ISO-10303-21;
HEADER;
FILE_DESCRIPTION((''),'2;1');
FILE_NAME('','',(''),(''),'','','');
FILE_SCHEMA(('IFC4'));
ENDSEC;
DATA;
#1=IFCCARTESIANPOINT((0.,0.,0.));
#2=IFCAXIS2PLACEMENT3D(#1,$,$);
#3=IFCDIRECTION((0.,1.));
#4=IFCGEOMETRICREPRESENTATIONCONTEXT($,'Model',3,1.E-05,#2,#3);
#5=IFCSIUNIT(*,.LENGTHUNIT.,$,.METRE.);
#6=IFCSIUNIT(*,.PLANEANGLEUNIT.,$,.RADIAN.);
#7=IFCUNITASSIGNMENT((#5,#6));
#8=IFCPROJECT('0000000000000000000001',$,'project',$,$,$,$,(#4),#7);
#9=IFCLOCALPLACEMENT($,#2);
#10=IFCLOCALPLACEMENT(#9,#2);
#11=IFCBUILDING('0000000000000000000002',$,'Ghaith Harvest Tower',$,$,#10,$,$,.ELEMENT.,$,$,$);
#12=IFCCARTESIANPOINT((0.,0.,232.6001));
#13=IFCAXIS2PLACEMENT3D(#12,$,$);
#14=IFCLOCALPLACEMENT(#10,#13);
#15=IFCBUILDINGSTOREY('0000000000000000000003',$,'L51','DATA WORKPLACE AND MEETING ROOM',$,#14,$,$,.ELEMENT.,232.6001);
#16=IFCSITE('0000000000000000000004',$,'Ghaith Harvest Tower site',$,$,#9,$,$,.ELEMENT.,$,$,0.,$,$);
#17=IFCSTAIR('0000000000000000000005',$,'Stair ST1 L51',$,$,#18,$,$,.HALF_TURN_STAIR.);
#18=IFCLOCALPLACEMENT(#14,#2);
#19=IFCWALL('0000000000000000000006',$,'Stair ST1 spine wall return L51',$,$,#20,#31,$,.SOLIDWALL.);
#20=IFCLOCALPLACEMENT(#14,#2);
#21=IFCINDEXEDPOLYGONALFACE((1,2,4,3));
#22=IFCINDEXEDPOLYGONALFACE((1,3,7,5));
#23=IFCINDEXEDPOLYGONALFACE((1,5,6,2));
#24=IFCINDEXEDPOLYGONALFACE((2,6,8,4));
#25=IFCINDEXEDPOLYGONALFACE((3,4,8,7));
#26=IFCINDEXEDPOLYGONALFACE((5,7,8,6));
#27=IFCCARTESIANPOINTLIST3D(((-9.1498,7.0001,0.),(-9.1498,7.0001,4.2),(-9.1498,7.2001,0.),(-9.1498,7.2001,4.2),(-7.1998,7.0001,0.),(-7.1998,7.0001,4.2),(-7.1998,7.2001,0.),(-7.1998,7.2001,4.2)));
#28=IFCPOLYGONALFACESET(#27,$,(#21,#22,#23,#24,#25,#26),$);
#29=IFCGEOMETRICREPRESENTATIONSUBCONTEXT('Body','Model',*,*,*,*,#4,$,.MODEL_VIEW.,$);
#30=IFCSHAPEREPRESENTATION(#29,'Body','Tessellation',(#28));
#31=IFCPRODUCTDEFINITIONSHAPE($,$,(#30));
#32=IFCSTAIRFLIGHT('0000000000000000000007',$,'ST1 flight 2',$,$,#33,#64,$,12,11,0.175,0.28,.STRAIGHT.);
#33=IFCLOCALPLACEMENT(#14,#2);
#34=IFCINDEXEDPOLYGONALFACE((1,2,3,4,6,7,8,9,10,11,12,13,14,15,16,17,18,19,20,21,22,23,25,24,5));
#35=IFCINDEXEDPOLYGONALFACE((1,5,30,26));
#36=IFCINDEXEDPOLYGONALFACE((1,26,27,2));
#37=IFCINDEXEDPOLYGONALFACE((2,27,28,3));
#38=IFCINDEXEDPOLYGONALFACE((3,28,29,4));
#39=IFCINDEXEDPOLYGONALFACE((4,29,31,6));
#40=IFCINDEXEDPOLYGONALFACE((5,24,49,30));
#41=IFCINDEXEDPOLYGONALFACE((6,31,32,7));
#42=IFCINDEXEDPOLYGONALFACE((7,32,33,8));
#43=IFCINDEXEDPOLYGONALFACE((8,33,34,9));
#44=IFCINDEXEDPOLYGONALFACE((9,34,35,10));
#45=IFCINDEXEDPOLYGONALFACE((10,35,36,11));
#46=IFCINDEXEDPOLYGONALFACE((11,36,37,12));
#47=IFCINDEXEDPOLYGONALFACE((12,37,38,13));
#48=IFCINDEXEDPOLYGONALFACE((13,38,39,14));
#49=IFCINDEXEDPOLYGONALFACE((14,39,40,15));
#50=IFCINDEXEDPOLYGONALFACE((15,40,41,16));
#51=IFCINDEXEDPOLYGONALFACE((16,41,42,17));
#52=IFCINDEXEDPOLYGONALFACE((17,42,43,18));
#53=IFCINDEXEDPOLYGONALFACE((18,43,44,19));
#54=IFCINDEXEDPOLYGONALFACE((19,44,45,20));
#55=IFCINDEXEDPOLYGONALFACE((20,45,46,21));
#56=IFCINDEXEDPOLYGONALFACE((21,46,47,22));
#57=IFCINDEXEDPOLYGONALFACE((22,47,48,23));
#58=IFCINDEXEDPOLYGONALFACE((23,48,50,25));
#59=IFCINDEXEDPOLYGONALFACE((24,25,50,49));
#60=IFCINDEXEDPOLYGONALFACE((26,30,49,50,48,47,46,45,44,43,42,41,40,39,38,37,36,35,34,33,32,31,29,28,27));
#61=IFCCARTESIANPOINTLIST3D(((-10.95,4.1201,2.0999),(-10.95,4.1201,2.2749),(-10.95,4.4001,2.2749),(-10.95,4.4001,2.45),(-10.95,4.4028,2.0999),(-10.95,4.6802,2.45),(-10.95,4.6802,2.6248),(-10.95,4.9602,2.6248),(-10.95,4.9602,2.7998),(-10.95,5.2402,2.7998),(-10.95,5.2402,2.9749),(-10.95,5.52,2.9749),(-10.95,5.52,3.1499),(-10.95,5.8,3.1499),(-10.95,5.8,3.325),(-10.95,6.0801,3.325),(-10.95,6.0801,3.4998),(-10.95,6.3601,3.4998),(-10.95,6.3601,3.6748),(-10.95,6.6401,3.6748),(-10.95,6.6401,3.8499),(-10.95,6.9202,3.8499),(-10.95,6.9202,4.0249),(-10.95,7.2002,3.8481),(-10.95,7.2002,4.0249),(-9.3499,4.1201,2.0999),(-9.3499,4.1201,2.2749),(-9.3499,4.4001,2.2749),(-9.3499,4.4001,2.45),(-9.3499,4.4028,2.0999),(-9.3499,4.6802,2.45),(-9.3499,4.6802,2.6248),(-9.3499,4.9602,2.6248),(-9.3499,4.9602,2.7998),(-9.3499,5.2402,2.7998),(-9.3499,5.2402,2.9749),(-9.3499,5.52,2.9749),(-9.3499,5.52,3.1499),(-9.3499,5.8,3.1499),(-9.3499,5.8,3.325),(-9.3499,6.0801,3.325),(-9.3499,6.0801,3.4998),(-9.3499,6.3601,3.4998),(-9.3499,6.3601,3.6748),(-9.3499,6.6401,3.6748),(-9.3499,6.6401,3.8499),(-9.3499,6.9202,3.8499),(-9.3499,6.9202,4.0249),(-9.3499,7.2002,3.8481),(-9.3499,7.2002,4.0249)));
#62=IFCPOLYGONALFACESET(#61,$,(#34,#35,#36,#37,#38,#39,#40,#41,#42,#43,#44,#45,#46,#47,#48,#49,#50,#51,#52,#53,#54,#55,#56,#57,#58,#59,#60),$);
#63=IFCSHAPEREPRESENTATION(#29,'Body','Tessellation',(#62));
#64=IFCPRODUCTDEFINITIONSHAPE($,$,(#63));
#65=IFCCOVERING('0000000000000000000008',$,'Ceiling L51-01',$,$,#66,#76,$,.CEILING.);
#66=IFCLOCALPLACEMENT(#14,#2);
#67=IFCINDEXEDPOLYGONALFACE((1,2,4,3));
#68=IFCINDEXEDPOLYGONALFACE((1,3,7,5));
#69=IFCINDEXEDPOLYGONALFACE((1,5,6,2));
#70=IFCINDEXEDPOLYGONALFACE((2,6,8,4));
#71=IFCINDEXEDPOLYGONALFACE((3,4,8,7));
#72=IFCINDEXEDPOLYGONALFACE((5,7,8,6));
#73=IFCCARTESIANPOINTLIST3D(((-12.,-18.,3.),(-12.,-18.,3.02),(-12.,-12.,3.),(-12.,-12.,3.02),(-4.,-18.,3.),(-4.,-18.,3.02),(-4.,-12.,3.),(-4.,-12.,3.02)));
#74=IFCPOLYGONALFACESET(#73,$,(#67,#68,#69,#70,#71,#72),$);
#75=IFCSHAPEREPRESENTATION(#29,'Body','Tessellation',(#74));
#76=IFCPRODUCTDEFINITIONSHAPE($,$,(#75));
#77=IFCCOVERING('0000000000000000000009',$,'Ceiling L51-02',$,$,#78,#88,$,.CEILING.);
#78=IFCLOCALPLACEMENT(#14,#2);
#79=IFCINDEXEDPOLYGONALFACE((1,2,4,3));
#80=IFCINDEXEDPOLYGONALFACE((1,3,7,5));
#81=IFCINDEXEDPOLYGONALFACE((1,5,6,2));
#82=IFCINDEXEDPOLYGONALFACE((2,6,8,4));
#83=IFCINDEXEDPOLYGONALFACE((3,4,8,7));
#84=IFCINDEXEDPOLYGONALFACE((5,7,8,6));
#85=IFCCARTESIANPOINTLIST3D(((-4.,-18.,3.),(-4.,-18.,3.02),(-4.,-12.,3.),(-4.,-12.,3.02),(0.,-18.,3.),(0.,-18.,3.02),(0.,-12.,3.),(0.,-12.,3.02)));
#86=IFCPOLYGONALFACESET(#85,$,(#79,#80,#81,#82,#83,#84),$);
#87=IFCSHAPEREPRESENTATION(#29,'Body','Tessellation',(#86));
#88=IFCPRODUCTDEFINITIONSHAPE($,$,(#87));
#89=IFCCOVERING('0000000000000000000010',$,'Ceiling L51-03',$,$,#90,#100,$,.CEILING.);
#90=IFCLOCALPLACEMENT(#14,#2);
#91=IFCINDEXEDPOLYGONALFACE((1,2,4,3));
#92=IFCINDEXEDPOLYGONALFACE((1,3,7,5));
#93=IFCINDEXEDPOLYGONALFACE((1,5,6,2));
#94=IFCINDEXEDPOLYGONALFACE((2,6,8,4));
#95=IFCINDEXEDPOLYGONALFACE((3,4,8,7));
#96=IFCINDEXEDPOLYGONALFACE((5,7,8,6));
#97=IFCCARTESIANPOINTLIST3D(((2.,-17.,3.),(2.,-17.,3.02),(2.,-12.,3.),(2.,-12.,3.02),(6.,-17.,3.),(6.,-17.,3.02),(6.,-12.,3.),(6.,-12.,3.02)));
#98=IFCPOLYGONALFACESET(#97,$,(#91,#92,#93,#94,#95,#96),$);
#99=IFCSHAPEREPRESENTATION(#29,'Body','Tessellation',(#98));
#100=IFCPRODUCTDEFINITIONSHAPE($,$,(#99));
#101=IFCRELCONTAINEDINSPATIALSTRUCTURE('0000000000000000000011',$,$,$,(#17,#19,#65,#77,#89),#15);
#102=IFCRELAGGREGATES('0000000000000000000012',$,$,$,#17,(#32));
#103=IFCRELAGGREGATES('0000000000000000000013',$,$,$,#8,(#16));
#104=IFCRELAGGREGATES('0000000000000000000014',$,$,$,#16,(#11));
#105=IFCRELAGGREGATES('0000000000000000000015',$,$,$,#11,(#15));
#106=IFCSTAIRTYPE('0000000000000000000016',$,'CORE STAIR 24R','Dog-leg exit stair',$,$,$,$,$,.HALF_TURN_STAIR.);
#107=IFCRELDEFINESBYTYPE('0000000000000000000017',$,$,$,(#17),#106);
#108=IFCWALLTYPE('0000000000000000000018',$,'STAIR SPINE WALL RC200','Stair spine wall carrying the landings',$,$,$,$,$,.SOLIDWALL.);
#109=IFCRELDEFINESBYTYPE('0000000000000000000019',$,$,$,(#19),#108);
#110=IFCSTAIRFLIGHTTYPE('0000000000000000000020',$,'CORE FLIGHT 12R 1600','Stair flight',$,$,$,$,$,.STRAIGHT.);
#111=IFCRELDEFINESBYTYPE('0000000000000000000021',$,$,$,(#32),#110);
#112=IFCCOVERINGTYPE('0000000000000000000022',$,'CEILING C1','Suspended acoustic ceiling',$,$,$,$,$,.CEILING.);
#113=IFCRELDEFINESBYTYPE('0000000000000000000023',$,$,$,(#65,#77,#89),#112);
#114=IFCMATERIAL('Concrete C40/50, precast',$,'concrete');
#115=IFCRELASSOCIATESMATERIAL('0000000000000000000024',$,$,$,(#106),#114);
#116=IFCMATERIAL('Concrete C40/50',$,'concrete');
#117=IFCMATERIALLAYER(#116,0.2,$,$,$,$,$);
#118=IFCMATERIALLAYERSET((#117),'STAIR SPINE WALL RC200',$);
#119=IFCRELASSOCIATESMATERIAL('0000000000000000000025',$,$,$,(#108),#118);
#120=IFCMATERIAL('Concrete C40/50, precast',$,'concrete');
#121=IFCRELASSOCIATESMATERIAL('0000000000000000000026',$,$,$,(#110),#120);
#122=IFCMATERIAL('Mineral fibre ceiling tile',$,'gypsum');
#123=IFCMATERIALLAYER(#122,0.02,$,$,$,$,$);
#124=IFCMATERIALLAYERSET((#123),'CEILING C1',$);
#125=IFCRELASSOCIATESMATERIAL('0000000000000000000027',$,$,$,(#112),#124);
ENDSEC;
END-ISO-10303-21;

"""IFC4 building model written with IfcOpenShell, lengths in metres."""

from ifc_helpers import new_model, si_unit, direction, frame, frame_2d, origin, place, context, subcontext, project, spatial, polyline, rectangle, outline, extrude, material, layer, layer_set, type_object, element, aggregate, save


model = new_model("IFC4")

# Units and contexts
model_context = context("Model", 3, precision=1e-05, world=origin(), true_north=direction((0.0, 1.0)))
body_context = subcontext(model_context, "Body", "Model", "MODEL_VIEW")
ifc_project = project(units=[si_unit("LENGTHUNIT", "METRE"), si_unit("PLANEANGLEUNIT", "RADIAN")], contexts=[model_context])

# Site, building, storey
site_placement = place(None, origin())
site = spatial("IfcSite", under=ifc_project, at=site_placement, Name="Ghaith Harvest Tower site", CompositionType="ELEMENT", RefElevation=0.0)
building_placement = place(site_placement, origin())
building = spatial("IfcBuilding", under=site, at=building_placement, Name="Ghaith Harvest Tower", CompositionType="ELEMENT")
storey_placement = place(building_placement, frame((0.0, 0.0, 232.6001)))
storey = spatial("IfcBuildingStorey", under=building, at=storey_placement, Name="L51", Description="DATA WORKPLACE AND MEETING ROOM", CompositionType="ELEMENT", Elevation=232.6001)

# Stair
ifc_material_1 = material(Name="Concrete C40/50, precast", Category="concrete")
stair_type = type_object("IfcStairType", Name="CORE STAIR 24R", Description="Dog-leg exit stair", PredefinedType="HALF_TURN_STAIR", material=ifc_material_1)
stair_1_placement = place(storey_placement, origin())
stair_1 = element("IfcStair", 1, at=stair_1_placement, inside=storey, type_object=stair_type, Name="Stair ST1 L51", PredefinedType="HALF_TURN_STAIR")

# Wall
ifc_material_2 = material(Name="Concrete C40/50", Category="concrete")
ifc_layer_1 = layer(ifc_material_2, 0.2)
ifc_layer_set_1 = layer_set([ifc_layer_1], Name="STAIR SPINE WALL RC200")
wall_type_1 = type_object("IfcWallType", Name="STAIR SPINE WALL RC200", Description="Stair spine wall carrying the landings", PredefinedType="SOLIDWALL", material=ifc_layer_set_1)
wall_1_placement = place(storey_placement, frame((-9.1499, 7.1001, 0.0), z_axis=(0.0, 0.0, 1.0), x_axis=(1.0, 0.0, 0.0)))
element("IfcWall", 2, at=wall_1_placement, inside=storey, type_object=wall_type_1, Name="Stair ST1 spine wall return L51", PredefinedType="SOLIDWALL", context=body_context, shape_type="SweptSolid", body=[
    extrude(rectangle(XDim=1.95, YDim=0.2, at=frame_2d((0.9751, 0.0))), origin(), (0.0, 0.0, 1.0), 4.2),
])

# Stair flight
ifc_material_3 = material(Name="Concrete C40/50, precast", Category="concrete")
stair_flight_type = type_object("IfcStairFlightType", Name="CORE FLIGHT 12R 1600", Description="Stair flight", PredefinedType="STRAIGHT", material=ifc_material_3)
stair_flight_placement = place(storey_placement, frame((-10.1499, 4.1201, 2.0999), z_axis=(0.0, 0.0, 1.0), x_axis=(0.0, 1.0, 0.0)))
stair_flight = element("IfcStairFlight", 3, at=stair_flight_placement, type_object=stair_flight_type, Name="ST1 flight 2", NumberOfRisers=12, NumberOfTreads=11, PredefinedType="STRAIGHT", RiserHeight=0.175, TreadLength=0.28, context=body_context, shape_type="SweptSolid", body=[
    extrude(outline(polyline([(0.0, 0.0), (0.0, 0.175), (0.28, 0.175), (0.28, 0.3501), (0.5601, 0.3501), (0.5601, 0.5249), (0.8401, 0.5249), (0.8401, 0.7), (1.1201, 0.7), (1.1201, 0.875), (1.3999, 0.875), (1.3999, 1.05), (1.6799, 1.05), (1.6799, 1.2251), (1.96, 1.2251), (1.96, 1.3999), (2.24, 1.3999), (2.24, 1.575), (2.52, 1.575), (2.52, 1.75), (2.8, 1.75), (2.8, 1.925), (3.0801, 1.925), (3.0801, 2.1001), (3.0801, 1.7483), (0.2827, 0.0), (0.0, 0.0)])), frame((0.0, 0.8, 0.0), z_axis=(0.0, -1.0, 0.0), x_axis=(1.0, 0.0, 0.0)), (0.0, 0.0, 1.0), 1.6001),
])
aggregate(stair_1, [stair_flight])

# Coverings
ifc_material_4 = material(Name="Mineral fibre ceiling tile", Category="gypsum")
ifc_layer_2 = layer(ifc_material_4, 0.02)
ifc_layer_set_2 = layer_set([ifc_layer_2], Name="CEILING C1")
covering_type = type_object("IfcCoveringType", Name="CEILING C1", Description="Suspended acoustic ceiling", PredefinedType="CEILING", material=ifc_layer_set_2)
covering_1_placement = place(storey_placement, frame((0.0, 0.0, 3.0)))
element("IfcCovering", 4, at=covering_1_placement, inside=storey, type_object=covering_type, Name="Ceiling L51-01", PredefinedType="CEILING", context=body_context, shape_type="SweptSolid", body=[
    extrude(outline(polyline([(-12.0, -18.0), (-4.0, -18.0), (-4.0, -12.0), (-12.0, -12.0), (-12.0, -18.0)])), origin(), (0.0, 0.0, 1.0), 0.02),
])
covering_2_placement = place(storey_placement, frame((0.0, 0.0, 3.0)))
element("IfcCovering", 5, at=covering_2_placement, inside=storey, type_object=covering_type, Name="Ceiling L51-02", PredefinedType="CEILING", context=body_context, shape_type="SweptSolid", body=[
    extrude(outline(polyline([(-4.0, -18.0), (0.0, -18.0), (0.0, -12.0), (-4.0, -12.0), (-4.0, -18.0)])), origin(), (0.0, 0.0, 1.0), 0.02),
])
covering_3_placement = place(storey_placement, frame((0.0, 0.0, 3.0)))
element("IfcCovering", 6, at=covering_3_placement, inside=storey, type_object=covering_type, Name="Ceiling L51-03", PredefinedType="CEILING", context=body_context, shape_type="SweptSolid", body=[
    extrude(outline(polyline([(2.0, -17.0), (6.0, -17.0), (6.0, -12.0), (2.0, -12.0), (2.0, -17.0)])), origin(), (0.0, 0.0, 1.0), 0.02),
])

save(model, "model.ifc")
